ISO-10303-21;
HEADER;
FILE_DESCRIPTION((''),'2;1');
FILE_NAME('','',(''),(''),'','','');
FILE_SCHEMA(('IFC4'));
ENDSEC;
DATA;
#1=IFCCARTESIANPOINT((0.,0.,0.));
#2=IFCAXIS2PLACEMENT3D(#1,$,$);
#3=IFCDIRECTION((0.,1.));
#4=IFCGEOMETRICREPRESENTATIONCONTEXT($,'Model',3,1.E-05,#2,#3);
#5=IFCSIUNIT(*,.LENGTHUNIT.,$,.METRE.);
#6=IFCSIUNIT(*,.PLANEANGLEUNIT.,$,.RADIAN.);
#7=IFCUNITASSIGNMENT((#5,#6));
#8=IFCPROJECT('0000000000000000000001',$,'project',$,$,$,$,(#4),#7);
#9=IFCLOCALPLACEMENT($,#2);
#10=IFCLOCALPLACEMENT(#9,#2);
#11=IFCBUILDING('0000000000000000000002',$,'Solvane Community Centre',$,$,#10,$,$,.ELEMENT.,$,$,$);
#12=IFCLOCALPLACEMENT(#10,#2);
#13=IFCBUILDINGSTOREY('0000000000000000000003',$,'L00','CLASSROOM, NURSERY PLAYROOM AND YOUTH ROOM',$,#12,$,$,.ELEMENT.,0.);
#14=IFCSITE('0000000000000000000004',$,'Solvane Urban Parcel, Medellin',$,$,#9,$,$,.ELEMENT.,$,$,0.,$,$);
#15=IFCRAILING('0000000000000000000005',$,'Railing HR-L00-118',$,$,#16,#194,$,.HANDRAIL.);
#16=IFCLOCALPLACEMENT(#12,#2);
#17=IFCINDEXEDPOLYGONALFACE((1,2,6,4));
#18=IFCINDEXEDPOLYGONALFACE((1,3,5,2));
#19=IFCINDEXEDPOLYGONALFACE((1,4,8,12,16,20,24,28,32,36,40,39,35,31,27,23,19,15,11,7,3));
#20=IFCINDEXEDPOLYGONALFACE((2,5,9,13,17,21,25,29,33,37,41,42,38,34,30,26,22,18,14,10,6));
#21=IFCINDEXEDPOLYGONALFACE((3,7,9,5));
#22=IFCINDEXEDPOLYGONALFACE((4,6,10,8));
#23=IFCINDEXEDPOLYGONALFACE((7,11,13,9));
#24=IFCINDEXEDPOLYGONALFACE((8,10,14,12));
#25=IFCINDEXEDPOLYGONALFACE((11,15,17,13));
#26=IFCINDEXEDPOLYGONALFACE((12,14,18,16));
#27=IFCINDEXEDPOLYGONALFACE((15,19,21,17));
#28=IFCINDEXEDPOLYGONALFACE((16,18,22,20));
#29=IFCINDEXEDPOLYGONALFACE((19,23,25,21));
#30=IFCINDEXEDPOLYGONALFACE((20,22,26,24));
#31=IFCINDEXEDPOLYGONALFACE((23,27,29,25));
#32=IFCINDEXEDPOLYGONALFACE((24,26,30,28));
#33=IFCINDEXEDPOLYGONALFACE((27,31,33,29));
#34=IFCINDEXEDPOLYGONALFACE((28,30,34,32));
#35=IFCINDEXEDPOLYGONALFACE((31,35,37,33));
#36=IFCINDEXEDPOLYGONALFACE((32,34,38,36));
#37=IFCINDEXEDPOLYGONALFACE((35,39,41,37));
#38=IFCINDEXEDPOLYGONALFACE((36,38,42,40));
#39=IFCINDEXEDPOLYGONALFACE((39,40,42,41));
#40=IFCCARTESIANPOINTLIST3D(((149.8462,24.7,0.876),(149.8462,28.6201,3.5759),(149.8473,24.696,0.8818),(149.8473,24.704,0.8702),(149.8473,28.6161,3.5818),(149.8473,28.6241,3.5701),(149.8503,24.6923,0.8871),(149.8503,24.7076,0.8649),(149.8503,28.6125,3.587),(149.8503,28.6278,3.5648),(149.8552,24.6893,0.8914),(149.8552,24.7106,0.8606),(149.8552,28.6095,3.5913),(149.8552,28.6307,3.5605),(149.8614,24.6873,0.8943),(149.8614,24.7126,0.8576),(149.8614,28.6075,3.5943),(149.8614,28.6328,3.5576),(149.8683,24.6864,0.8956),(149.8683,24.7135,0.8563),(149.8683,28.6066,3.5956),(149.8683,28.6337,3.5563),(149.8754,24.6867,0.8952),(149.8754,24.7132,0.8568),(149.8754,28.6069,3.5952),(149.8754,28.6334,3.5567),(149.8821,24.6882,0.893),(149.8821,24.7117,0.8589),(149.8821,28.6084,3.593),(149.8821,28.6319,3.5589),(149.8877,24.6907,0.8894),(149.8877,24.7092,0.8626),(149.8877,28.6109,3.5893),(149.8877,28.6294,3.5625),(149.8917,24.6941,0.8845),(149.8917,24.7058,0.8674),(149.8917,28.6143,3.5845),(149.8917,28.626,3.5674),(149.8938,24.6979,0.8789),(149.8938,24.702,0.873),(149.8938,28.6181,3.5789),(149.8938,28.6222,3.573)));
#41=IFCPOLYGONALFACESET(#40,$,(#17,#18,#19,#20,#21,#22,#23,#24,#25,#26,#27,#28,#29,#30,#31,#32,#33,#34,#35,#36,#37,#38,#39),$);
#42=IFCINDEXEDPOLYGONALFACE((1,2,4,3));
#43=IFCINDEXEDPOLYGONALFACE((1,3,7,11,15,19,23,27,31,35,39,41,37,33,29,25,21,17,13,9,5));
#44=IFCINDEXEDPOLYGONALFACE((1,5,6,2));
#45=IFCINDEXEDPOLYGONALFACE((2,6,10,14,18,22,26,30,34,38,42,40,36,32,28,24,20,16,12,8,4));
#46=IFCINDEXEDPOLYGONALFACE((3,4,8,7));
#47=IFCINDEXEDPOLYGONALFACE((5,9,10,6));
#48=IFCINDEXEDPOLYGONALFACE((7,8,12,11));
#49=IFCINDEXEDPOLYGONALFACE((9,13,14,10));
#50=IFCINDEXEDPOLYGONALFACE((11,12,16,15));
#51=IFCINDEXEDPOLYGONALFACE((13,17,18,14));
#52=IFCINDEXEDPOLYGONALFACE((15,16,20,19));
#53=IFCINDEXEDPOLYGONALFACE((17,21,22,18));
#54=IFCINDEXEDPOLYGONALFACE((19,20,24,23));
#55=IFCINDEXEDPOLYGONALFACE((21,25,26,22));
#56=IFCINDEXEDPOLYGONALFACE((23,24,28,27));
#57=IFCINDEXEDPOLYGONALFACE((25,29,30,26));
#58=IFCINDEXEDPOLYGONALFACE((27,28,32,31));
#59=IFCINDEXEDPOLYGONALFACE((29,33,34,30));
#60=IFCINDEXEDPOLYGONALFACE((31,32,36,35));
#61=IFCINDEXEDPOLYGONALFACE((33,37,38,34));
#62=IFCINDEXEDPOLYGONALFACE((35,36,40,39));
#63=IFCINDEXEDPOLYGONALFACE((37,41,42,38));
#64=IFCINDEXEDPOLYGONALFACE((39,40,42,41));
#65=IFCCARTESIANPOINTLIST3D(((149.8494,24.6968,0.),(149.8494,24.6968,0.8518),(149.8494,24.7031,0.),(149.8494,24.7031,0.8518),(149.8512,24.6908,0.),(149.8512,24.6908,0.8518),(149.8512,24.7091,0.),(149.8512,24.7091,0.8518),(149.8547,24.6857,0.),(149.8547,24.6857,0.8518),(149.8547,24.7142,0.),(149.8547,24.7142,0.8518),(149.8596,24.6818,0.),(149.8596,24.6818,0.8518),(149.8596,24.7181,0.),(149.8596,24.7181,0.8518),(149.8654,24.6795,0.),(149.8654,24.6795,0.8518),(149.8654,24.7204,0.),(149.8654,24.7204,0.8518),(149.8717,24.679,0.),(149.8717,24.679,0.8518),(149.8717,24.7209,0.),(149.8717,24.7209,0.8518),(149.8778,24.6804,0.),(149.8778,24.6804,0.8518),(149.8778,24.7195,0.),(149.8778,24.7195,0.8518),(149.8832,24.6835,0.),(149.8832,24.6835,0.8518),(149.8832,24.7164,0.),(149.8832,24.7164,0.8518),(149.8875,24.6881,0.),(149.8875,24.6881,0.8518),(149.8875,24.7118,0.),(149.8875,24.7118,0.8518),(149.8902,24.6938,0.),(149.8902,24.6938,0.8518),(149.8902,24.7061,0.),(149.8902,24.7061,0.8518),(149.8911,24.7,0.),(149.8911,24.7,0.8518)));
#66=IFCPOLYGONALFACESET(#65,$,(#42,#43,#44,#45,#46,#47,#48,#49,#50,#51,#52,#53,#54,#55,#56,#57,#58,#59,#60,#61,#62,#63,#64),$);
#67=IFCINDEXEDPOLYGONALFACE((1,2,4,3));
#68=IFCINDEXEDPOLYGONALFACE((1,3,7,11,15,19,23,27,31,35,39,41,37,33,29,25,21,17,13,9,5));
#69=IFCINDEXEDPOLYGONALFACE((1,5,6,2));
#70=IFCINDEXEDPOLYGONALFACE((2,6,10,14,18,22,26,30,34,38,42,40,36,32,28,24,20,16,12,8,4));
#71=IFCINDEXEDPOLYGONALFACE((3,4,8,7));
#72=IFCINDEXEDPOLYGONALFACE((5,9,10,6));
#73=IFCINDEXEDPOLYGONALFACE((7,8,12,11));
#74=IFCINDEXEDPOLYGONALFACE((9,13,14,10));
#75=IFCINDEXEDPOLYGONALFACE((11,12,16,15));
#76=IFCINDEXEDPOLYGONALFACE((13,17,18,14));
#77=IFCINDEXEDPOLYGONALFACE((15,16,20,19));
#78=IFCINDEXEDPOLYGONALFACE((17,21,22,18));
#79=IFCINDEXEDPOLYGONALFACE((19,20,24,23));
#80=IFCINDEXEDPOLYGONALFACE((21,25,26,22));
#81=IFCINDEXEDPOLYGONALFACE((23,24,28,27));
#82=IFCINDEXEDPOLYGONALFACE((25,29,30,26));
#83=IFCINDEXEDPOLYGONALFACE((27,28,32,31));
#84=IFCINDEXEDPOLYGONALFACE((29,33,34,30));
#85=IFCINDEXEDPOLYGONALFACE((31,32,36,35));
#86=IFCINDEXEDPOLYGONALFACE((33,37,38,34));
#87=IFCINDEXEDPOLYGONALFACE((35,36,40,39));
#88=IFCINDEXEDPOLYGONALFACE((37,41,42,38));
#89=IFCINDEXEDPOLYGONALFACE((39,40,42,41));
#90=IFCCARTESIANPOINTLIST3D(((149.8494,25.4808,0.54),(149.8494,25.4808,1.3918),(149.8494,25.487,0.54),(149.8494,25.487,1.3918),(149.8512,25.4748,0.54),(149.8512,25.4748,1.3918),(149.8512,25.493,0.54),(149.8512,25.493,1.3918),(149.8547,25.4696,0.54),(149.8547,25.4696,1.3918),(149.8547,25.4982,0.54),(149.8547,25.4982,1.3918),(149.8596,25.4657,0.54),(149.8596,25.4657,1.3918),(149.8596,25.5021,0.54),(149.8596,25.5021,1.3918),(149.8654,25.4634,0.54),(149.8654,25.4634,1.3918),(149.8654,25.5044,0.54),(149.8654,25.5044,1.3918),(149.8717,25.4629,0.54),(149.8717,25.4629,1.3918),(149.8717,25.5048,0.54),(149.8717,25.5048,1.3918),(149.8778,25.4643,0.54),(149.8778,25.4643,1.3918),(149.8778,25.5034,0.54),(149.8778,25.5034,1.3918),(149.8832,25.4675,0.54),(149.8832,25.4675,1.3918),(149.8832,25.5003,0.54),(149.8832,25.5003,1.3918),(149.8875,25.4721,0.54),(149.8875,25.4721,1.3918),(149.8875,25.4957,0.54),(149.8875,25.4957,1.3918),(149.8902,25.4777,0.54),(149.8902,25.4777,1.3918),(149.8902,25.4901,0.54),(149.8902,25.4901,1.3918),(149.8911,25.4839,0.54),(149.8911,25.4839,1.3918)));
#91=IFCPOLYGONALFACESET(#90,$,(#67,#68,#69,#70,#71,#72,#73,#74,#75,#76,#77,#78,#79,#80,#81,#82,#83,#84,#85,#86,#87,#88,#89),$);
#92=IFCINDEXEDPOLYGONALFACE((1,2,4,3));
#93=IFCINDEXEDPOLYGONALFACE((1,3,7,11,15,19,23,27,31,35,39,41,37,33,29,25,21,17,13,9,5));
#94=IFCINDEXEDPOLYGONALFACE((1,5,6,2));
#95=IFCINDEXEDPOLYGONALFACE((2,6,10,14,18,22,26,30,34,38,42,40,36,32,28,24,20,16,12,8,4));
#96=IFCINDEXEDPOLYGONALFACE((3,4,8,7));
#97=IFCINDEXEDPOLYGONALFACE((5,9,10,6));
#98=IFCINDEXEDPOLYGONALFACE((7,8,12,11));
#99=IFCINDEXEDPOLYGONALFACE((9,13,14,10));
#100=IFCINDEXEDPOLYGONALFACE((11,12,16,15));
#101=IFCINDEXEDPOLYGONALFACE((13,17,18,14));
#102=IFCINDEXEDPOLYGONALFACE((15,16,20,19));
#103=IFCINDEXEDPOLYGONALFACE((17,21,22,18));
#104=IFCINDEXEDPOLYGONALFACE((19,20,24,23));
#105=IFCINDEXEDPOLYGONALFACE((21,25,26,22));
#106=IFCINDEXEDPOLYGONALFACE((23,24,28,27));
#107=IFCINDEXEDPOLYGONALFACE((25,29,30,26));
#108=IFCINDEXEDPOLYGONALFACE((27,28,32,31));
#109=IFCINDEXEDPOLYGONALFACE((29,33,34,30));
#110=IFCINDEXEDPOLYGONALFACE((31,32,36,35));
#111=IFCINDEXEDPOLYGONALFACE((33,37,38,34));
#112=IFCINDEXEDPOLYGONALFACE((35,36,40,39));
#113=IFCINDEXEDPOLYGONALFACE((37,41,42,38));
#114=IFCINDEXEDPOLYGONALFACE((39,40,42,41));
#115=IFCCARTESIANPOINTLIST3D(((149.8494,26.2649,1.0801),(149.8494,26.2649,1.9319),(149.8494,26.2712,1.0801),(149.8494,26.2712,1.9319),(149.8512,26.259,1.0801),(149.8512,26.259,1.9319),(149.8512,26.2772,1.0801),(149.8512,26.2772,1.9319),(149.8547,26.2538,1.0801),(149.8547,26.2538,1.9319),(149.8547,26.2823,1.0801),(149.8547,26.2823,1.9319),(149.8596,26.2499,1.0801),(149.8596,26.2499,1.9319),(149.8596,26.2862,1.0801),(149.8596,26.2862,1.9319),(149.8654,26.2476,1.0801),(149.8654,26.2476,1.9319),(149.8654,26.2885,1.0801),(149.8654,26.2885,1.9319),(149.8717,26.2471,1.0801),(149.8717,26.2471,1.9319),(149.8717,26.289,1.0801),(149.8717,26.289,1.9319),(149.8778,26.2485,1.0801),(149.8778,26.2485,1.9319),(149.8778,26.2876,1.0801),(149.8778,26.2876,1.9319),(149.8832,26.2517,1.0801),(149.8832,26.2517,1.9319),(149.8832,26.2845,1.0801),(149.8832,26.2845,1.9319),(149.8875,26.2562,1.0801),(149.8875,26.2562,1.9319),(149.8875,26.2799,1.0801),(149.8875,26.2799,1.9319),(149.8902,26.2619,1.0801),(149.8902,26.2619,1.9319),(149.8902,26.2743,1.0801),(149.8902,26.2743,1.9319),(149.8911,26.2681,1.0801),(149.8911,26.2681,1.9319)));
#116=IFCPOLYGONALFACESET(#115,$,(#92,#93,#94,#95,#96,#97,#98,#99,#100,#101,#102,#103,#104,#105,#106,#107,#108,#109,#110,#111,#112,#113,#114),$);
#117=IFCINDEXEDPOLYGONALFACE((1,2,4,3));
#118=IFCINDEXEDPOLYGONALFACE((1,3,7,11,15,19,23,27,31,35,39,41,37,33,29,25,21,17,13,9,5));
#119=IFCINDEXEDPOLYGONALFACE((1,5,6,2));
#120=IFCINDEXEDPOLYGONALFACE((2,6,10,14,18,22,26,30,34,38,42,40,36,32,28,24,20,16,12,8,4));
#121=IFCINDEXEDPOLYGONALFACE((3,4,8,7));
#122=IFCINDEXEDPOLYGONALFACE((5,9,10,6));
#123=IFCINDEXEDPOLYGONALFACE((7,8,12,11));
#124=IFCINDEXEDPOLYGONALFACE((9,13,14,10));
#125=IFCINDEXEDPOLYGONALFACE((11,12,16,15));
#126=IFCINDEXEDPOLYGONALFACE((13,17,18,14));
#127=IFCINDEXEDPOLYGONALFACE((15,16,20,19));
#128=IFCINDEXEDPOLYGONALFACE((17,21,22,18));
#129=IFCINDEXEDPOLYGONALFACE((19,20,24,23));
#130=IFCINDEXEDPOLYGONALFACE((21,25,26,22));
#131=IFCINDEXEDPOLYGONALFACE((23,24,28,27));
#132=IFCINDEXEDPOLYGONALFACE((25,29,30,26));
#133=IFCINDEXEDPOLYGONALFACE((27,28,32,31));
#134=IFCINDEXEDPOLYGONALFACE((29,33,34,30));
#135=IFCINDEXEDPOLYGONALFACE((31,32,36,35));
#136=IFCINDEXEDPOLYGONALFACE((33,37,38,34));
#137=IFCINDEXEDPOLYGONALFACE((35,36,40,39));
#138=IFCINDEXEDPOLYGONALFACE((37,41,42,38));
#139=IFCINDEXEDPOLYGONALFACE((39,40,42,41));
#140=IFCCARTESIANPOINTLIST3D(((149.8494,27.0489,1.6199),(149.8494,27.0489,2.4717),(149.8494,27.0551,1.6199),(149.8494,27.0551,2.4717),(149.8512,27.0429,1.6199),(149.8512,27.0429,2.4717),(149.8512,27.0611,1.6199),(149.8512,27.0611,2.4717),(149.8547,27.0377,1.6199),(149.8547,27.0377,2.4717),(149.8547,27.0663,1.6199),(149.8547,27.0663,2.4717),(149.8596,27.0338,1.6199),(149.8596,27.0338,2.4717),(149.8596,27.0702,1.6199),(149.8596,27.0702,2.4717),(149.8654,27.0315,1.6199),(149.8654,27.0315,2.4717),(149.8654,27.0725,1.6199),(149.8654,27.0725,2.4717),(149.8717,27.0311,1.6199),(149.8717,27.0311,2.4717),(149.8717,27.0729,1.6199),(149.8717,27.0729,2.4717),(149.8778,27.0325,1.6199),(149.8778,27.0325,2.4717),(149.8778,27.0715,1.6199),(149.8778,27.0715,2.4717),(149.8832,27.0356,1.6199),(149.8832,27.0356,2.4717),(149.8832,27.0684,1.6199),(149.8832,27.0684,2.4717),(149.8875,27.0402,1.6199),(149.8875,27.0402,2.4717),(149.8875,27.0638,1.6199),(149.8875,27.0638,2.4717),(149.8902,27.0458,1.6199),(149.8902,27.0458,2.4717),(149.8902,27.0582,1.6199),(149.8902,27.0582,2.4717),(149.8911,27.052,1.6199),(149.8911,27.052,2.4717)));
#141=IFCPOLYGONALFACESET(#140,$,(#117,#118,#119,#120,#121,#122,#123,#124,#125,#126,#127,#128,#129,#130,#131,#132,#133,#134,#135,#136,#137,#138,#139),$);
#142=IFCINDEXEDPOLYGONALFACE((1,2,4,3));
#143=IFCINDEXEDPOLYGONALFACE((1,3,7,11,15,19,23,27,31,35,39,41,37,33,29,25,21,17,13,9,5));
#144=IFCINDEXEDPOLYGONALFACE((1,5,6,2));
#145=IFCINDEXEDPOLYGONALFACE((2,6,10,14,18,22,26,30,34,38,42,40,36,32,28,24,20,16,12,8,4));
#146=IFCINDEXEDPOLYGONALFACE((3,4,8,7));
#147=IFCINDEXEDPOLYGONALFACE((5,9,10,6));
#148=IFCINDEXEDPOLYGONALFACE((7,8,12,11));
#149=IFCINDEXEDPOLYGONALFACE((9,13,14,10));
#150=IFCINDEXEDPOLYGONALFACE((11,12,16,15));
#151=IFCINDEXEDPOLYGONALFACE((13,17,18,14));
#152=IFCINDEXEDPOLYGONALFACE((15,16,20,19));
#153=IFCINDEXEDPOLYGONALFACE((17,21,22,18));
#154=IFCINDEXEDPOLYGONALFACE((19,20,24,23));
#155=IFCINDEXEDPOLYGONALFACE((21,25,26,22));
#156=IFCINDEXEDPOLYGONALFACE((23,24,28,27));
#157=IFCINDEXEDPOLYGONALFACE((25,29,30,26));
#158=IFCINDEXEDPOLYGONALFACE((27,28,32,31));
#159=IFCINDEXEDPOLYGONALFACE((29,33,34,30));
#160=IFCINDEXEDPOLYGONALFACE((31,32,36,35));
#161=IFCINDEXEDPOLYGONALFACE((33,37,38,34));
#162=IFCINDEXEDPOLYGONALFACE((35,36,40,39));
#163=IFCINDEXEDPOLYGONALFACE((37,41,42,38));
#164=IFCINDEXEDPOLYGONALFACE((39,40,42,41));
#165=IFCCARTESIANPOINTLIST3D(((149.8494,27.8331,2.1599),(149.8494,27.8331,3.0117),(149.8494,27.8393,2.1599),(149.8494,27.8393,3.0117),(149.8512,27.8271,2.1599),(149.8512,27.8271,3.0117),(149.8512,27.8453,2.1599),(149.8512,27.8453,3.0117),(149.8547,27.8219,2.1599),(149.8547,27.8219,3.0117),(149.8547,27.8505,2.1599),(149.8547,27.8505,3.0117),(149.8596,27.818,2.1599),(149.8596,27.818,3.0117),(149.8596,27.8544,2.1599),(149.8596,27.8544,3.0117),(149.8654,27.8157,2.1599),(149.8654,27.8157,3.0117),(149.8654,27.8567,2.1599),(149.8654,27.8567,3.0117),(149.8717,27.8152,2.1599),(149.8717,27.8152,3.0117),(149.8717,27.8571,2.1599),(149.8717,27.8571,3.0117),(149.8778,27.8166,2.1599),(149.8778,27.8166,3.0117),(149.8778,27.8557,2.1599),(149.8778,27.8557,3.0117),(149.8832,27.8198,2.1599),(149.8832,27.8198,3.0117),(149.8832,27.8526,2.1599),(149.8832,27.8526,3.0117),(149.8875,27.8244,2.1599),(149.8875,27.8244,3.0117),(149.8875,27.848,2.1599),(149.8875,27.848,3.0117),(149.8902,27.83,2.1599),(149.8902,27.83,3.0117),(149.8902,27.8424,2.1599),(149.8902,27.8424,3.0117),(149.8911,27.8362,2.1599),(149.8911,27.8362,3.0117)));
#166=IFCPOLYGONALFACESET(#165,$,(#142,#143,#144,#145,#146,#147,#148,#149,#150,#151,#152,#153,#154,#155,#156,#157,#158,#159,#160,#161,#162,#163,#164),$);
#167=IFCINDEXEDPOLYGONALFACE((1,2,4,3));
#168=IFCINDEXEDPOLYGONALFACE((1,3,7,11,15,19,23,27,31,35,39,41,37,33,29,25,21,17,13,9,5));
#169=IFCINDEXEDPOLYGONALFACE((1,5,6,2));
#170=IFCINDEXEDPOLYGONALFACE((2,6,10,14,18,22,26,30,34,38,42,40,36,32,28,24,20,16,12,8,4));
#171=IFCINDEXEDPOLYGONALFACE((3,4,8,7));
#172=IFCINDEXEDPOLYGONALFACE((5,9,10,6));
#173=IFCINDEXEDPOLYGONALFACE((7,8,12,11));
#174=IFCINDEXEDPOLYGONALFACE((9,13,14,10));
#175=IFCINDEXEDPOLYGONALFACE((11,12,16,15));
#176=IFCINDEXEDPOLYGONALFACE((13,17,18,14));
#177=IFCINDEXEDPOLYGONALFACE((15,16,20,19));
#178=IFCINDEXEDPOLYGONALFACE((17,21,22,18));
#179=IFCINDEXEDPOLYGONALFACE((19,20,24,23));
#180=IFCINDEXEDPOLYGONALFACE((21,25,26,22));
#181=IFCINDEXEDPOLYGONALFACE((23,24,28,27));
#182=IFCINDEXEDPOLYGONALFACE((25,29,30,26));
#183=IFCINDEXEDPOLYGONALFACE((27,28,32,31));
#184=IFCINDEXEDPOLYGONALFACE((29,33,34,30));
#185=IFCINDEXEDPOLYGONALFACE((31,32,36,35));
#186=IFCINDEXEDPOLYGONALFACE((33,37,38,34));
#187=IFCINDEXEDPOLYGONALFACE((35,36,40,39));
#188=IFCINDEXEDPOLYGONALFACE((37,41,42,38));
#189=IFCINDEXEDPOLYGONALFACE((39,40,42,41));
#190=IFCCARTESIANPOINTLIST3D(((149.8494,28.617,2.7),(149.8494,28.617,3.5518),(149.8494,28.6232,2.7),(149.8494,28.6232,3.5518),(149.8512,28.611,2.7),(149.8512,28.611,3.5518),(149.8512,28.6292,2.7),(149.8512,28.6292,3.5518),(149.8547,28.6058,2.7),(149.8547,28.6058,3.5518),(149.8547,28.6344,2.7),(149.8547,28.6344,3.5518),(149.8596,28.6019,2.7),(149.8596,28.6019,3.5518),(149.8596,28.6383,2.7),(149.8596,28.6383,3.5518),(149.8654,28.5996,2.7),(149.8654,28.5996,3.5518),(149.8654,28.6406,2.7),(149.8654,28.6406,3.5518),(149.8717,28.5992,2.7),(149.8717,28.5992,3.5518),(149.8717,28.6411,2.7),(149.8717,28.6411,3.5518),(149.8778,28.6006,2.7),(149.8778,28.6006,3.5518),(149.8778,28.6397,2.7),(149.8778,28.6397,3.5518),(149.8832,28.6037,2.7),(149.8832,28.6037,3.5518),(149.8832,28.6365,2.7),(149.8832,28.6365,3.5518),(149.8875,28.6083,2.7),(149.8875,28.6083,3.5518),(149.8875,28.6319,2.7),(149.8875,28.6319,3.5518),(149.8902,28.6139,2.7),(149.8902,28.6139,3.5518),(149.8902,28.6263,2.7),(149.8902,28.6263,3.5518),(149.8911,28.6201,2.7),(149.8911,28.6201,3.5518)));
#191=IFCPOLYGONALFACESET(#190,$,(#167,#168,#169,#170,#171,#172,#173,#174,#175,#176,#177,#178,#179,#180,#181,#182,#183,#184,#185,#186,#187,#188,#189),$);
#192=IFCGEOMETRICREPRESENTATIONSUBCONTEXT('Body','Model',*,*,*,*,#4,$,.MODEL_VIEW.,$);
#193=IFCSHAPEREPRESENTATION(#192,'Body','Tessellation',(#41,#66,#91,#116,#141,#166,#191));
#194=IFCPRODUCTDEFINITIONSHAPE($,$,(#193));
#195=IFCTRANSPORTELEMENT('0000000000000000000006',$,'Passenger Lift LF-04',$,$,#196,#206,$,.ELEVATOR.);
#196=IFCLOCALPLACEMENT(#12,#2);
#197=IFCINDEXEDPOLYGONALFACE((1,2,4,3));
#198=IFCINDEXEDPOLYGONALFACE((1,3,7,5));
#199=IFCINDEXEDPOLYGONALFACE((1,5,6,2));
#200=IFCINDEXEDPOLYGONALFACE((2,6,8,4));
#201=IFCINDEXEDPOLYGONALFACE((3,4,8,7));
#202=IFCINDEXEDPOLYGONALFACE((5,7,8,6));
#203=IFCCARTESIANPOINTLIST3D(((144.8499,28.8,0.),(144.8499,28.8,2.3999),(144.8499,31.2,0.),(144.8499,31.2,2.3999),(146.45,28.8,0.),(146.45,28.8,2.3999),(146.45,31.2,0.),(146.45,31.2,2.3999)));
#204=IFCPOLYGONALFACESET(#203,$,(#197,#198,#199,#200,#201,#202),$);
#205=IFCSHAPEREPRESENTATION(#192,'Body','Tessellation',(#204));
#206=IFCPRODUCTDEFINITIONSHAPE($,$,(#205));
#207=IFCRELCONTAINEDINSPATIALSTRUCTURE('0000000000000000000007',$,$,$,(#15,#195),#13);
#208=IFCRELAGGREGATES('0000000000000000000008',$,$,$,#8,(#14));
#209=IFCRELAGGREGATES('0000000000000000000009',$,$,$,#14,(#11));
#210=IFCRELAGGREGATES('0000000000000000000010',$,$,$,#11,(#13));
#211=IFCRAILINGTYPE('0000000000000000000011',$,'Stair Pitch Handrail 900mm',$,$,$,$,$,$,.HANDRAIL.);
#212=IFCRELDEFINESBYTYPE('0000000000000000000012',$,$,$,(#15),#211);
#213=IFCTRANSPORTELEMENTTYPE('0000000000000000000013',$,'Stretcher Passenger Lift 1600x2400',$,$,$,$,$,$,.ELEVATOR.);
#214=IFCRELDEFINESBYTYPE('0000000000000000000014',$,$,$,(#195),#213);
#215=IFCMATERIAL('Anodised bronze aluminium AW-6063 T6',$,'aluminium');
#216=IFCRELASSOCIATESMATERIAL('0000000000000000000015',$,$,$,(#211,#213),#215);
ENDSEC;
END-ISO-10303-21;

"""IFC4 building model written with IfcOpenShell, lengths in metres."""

from ifc_helpers import new_model, si_unit, direction, frame, origin, origin_2d, place, context, subcontext, project, spatial, rectangle, circle, extrude, material, type_object, element, save


model = new_model("IFC4")

# Units and contexts
model_context = context("Model", 3, precision=1e-05, world=origin(), true_north=direction((0.0, 1.0)))
body_context = subcontext(model_context, "Body", "Model", "MODEL_VIEW")
ifc_project = project(units=[si_unit("LENGTHUNIT", "METRE"), si_unit("PLANEANGLEUNIT", "RADIAN")], contexts=[model_context])

# Site, building, storey
site_placement = place(None, origin())
site = spatial("IfcSite", under=ifc_project, at=site_placement, Name="Solvane Urban Parcel, Medellin", CompositionType="ELEMENT", RefElevation=0.0)
building_placement = place(site_placement, origin())
building = spatial("IfcBuilding", under=site, at=building_placement, Name="Solvane Community Centre", CompositionType="ELEMENT")
storey_placement = place(building_placement, origin())
storey = spatial("IfcBuildingStorey", under=building, at=storey_placement, Name="L00", Description="CLASSROOM, NURSERY PLAYROOM AND YOUTH ROOM", CompositionType="ELEMENT", Elevation=0.0)

# Shared definitions
ifc_material_1 = material(Name="Anodised bronze aluminium AW-6063 T6", Category="aluminium")

# Railing
railing_type_1 = type_object("IfcRailingType", Name="Stair Pitch Handrail 900mm", PredefinedType="HANDRAIL", material=ifc_material_1)
railing_1_placement = place(storey_placement, frame((149.8701, 24.7, 0.0)))
element("IfcRailing", 1, at=railing_1_placement, inside=storey, type_object=railing_type_1, Name="Railing HR-L00-118", PredefinedType="HANDRAIL", context=body_context, shape_type="SweptSolid", body=[
    extrude(circle(Radius=0.0239, at=origin_2d()), frame((0.0, 0.0, 0.876), z_axis=(0.0, 0.823567, 0.567219), x_axis=(-1.0, 0.0, 0.0)), (0.0, 0.0, 1.0), 4.76),
    extrude(circle(Radius=0.021, at=origin_2d()), origin(), (0.0, 0.0, 1.0), 0.8518),
    extrude(circle(Radius=0.021, at=origin_2d()), frame((0.0, 0.7839, 0.54)), (0.0, 0.0, 1.0), 0.8518),
    extrude(circle(Radius=0.021, at=origin_2d()), frame((0.0, 1.5681, 1.0801)), (0.0, 0.0, 1.0), 0.8518),
    extrude(circle(Radius=0.021, at=origin_2d()), frame((0.0, 2.3521, 1.6199)), (0.0, 0.0, 1.0), 0.8518),
    extrude(circle(Radius=0.021, at=origin_2d()), frame((0.0, 3.1362, 2.1599)), (0.0, 0.0, 1.0), 0.8518),
    extrude(circle(Radius=0.021, at=origin_2d()), frame((0.0, 3.9202, 2.7)), (0.0, 0.0, 1.0), 0.8518),
])

# Transport element
transport_element_type = type_object("IfcTransportElementType", Name="Stretcher Passenger Lift 1600x2400", PredefinedType="ELEVATOR", material=ifc_material_1)
transport_element_placement = place(storey_placement, frame((145.6499, 30.0, 0.0), z_axis=(0.0, 0.0, 1.0), x_axis=(1.0, 0.0, 0.0)))
element("IfcTransportElement", 2, at=transport_element_placement, inside=storey, type_object=transport_element_type, Name="Passenger Lift LF-04", PredefinedType="ELEVATOR", context=body_context, shape_type="SweptSolid", body=[
    extrude(rectangle(XDim=1.6001, YDim=2.3999, at=origin_2d()), origin(), (0.0, 0.0, 1.0), 2.3999),
])

save(model, "model.ifc")
